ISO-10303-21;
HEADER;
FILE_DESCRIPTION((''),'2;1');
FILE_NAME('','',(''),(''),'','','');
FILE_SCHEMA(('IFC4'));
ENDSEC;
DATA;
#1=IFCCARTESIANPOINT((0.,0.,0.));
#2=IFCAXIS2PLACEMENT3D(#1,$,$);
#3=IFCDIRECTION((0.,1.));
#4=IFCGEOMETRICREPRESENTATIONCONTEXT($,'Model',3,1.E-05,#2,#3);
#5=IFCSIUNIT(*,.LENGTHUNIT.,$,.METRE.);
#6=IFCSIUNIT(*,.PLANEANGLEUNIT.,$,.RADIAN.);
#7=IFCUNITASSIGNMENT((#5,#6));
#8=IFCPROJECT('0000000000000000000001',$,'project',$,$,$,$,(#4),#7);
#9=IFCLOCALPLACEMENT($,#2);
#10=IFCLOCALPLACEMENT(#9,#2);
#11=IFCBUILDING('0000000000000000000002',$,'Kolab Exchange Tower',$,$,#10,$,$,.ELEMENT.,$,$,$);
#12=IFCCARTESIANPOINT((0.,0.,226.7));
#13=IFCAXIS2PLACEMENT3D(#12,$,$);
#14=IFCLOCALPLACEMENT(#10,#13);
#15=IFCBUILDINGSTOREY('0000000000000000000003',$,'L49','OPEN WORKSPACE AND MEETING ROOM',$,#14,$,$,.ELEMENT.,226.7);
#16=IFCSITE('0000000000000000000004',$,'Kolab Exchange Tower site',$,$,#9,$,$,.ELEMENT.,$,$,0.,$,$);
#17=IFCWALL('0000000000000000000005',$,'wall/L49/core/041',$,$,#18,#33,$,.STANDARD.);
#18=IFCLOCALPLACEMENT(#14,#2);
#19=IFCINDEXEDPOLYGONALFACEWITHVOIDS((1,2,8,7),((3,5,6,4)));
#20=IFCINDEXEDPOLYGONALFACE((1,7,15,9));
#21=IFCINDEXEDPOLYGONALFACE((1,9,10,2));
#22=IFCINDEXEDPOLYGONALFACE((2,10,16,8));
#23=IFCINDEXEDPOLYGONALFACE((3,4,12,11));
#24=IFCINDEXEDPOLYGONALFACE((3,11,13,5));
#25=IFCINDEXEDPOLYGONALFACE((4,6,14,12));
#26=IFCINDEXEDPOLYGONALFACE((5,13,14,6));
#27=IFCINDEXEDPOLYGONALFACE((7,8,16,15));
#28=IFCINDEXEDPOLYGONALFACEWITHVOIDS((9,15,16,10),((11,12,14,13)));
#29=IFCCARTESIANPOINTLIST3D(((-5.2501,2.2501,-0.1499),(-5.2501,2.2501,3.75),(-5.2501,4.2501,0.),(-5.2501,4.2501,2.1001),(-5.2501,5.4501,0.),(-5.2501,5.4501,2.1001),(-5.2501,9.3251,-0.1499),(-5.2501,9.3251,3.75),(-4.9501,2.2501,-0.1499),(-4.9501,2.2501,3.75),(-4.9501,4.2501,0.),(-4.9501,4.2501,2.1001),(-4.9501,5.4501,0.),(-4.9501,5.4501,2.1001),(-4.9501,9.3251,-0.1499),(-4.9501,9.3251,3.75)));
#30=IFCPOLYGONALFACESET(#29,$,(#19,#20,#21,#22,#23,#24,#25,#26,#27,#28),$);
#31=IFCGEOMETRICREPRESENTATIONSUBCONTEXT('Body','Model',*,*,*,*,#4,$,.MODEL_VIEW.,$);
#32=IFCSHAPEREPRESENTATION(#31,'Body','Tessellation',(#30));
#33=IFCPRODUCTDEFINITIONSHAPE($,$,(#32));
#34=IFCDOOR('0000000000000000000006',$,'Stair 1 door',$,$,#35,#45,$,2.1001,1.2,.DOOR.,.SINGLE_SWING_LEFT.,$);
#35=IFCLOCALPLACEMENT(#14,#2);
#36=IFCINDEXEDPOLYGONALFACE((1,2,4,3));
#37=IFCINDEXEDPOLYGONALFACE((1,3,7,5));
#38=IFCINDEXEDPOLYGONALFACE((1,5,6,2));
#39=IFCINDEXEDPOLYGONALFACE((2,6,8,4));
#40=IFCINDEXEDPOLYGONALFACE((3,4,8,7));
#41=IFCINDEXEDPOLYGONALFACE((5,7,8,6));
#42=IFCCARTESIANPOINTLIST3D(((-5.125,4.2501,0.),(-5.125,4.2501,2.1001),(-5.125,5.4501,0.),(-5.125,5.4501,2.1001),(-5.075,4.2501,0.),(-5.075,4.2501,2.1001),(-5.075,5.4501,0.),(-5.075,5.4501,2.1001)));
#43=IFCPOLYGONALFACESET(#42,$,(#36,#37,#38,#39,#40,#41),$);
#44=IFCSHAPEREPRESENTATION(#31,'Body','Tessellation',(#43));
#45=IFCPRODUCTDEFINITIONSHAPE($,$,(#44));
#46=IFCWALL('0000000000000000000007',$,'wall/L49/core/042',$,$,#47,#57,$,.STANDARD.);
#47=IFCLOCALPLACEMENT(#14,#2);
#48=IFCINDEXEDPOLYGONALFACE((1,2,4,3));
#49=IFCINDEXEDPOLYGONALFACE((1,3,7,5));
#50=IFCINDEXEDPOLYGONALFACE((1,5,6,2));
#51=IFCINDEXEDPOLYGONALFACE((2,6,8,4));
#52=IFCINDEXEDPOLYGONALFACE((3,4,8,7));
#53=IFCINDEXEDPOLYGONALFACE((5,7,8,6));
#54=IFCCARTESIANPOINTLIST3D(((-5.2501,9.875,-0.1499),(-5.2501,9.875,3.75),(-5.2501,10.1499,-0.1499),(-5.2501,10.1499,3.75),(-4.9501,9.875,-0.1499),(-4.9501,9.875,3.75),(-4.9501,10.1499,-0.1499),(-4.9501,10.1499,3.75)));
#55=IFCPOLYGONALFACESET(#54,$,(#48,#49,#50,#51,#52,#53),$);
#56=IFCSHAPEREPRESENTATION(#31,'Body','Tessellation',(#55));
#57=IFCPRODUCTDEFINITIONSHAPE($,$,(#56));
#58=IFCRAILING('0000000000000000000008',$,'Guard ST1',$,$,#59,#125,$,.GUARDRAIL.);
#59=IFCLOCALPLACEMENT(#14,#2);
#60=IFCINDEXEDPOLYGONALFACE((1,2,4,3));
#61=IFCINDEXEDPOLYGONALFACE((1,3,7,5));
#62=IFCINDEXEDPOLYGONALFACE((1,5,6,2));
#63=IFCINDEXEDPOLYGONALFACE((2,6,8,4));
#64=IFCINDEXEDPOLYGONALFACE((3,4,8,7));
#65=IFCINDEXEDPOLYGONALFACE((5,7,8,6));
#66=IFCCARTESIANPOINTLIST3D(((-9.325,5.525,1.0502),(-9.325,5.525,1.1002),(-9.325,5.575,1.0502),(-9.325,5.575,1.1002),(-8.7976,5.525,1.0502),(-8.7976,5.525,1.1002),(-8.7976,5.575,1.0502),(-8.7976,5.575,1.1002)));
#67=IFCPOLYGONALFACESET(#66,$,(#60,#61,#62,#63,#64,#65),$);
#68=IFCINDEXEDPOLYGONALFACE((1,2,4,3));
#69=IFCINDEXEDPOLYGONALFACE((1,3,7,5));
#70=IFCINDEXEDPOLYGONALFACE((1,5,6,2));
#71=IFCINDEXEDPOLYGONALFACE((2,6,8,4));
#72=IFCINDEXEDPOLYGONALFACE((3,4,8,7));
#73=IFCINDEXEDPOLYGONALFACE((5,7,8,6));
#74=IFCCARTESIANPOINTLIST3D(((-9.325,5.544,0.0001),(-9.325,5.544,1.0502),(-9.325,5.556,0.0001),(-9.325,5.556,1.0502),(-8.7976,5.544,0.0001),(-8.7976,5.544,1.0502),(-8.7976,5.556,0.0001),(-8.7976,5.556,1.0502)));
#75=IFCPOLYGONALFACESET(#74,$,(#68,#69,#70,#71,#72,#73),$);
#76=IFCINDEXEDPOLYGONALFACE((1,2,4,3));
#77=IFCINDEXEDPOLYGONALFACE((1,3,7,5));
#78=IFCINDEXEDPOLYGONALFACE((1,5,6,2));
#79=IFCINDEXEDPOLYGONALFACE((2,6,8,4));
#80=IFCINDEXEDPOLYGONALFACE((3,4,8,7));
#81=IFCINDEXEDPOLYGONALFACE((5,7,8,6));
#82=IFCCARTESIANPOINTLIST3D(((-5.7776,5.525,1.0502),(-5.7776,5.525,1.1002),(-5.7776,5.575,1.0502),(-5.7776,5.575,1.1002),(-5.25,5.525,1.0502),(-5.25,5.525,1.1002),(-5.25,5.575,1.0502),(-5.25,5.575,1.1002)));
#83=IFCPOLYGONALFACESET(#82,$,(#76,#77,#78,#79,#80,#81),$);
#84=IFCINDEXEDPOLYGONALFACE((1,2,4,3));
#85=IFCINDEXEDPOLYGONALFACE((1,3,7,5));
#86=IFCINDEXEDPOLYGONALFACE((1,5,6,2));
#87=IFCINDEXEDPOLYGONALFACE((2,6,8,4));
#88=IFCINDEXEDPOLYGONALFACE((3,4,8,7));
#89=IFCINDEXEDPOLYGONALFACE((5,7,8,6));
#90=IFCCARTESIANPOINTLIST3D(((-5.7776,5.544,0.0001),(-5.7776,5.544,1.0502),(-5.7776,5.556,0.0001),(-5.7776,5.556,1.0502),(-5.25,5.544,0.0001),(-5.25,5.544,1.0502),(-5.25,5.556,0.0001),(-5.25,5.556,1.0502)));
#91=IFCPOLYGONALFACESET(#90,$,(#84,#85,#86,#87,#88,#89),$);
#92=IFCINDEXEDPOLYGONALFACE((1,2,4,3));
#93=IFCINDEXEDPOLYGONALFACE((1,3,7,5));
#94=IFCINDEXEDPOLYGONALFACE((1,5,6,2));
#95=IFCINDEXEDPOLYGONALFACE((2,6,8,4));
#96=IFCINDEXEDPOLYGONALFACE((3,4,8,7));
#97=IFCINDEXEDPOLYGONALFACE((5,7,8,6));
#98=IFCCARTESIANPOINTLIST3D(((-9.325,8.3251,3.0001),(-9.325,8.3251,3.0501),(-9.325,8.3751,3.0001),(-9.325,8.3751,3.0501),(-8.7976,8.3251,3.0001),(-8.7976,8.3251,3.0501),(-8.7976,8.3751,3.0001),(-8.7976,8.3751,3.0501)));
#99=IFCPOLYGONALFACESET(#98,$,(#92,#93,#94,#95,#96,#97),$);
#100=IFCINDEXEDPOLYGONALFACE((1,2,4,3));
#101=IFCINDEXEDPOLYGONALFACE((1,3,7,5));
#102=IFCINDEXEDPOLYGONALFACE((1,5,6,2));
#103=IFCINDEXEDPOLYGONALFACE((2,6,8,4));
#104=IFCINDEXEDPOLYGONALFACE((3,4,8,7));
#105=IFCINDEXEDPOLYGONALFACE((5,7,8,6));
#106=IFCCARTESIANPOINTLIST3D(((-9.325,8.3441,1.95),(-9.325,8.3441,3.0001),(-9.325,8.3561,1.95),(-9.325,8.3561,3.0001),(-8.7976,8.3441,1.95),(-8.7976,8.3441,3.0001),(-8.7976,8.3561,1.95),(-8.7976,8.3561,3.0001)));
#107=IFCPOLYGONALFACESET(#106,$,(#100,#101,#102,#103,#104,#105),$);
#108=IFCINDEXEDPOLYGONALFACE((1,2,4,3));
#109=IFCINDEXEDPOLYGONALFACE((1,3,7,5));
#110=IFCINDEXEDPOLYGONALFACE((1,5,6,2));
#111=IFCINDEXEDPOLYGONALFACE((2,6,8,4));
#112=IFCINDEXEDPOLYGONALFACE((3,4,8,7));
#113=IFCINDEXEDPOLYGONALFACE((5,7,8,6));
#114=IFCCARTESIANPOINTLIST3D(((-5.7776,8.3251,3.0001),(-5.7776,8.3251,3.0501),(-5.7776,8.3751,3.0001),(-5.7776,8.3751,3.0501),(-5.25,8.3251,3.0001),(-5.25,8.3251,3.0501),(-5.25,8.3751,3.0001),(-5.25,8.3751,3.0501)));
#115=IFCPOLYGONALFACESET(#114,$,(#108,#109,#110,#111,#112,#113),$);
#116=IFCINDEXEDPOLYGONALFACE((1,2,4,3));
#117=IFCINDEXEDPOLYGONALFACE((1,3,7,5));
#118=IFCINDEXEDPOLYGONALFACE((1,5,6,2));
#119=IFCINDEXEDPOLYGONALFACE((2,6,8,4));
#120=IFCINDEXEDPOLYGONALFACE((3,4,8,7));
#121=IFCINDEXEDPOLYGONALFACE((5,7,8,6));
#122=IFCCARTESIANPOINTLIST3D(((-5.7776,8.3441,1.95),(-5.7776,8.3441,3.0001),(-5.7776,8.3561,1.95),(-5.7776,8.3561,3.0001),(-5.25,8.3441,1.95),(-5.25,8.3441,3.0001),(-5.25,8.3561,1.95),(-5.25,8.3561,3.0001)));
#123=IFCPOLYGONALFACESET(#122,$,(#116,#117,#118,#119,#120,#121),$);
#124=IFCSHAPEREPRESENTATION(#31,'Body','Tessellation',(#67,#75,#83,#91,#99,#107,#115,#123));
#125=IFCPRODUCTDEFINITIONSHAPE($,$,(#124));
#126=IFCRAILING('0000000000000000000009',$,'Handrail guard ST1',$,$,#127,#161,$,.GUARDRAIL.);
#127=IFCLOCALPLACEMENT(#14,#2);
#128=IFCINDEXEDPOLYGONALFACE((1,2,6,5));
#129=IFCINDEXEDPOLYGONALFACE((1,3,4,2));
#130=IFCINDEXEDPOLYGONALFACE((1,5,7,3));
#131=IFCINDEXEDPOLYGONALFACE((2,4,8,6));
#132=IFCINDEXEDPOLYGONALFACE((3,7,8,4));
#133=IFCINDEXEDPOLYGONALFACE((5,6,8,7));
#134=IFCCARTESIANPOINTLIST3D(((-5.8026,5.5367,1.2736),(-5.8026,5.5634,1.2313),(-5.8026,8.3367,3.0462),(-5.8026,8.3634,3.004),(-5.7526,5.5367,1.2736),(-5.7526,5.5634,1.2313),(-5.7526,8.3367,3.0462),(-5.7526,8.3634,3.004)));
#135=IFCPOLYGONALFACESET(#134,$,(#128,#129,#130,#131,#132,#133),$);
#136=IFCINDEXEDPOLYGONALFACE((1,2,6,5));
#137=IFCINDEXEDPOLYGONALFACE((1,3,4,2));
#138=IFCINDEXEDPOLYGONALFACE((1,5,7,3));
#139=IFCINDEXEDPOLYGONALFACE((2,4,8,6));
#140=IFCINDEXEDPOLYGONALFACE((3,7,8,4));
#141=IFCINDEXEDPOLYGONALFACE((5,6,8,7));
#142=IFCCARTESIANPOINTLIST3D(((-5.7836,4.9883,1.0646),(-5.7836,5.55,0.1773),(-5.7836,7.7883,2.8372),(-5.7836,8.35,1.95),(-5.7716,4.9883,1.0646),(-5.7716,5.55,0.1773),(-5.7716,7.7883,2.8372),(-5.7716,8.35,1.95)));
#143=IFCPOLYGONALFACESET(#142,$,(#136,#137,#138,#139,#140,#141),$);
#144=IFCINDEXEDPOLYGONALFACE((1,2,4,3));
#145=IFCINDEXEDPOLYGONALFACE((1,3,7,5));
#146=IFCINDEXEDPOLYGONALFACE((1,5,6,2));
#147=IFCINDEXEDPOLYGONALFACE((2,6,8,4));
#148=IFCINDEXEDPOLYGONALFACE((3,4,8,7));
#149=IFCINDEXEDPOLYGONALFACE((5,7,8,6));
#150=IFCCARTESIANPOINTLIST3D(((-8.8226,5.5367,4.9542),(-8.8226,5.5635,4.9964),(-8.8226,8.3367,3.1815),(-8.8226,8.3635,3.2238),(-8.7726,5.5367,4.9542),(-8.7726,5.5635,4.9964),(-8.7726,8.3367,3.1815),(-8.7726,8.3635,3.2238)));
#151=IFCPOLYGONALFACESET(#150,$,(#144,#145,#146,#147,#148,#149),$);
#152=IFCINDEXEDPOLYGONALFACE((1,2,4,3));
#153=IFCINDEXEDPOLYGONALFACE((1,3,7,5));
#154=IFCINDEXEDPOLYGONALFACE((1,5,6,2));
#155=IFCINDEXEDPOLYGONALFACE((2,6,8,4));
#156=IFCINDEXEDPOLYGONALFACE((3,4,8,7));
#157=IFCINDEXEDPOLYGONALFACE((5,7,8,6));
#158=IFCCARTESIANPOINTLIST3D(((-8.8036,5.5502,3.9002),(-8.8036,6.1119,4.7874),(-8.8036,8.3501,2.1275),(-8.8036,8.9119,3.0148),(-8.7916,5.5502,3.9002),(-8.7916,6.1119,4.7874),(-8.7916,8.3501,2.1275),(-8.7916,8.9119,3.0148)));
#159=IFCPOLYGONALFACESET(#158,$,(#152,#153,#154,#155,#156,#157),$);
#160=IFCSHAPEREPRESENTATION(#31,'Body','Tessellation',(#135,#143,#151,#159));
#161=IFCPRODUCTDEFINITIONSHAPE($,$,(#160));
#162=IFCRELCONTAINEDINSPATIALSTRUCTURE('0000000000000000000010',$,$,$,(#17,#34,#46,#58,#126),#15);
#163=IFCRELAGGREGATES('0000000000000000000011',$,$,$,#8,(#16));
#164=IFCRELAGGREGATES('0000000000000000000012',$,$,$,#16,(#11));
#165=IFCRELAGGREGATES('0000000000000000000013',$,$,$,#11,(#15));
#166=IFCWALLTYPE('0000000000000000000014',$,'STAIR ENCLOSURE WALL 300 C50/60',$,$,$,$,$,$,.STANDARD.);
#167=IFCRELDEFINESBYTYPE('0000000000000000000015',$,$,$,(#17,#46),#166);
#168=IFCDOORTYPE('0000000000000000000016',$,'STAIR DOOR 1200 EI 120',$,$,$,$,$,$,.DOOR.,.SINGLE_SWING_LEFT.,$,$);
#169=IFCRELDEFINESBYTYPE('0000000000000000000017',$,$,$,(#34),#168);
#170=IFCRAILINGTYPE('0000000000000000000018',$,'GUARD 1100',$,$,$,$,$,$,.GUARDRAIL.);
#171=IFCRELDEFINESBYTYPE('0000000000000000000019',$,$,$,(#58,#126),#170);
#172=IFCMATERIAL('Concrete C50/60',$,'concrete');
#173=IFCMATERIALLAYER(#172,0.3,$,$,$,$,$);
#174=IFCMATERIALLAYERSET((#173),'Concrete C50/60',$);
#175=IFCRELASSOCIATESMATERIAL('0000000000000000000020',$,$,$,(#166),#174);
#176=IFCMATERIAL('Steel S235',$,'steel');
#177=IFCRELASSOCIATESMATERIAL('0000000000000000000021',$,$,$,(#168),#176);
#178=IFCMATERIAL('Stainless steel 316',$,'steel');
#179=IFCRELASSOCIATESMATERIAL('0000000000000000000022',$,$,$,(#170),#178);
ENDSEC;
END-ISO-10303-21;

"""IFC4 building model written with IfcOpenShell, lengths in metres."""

from ifc_helpers import new_model, si_unit, direction, frame, frame_2d, origin, origin_2d, place, context, subcontext, project, spatial, rectangle, extrude, material, layer, layer_set, type_object, element, fill, save


model = new_model("IFC4")

# Units and contexts
model_context = context("Model", 3, precision=1e-05, world=origin(), true_north=direction((0.0, 1.0)))
body_context = subcontext(model_context, "Body", "Model", "MODEL_VIEW")
ifc_project = project(units=[si_unit("LENGTHUNIT", "METRE"), si_unit("PLANEANGLEUNIT", "RADIAN")], contexts=[model_context])

# Site, building, storey
site_placement = place(None, origin())
site = spatial("IfcSite", under=ifc_project, at=site_placement, Name="Kolab Exchange Tower site", CompositionType="ELEMENT", RefElevation=0.0)
building_placement = place(site_placement, origin())
building = spatial("IfcBuilding", under=site, at=building_placement, Name="Kolab Exchange Tower", CompositionType="ELEMENT")
storey_placement = place(building_placement, frame((0.0, 0.0, 226.7)))
storey = spatial("IfcBuildingStorey", under=building, at=storey_placement, Name="L49", Description="OPEN WORKSPACE AND MEETING ROOM", CompositionType="ELEMENT", Elevation=226.7)

# Shared definitions
ifc_material_1 = material(Name="Concrete C50/60", Category="concrete")
ifc_material_2 = material(Name="Steel S235", Category="steel")

# Shared definitions
ifc_material_3 = material(Name="Stainless steel 316", Category="steel")

# Shared definitions
ifc_layer_1 = layer(ifc_material_1, 0.3)
ifc_layer_set_1 = layer_set([ifc_layer_1], Name="Concrete C50/60")
wall_type_1 = type_object("IfcWallType", Name="STAIR ENCLOSURE WALL 300 C50/60", PredefinedType="STANDARD", material=ifc_layer_set_1)

# Shared definitions
door_type_1 = type_object("IfcDoorType", Name="STAIR DOOR 1200 EI 120", OperationType="SINGLE_SWING_LEFT", PredefinedType="DOOR", material=ifc_material_2)

# Wall, opening, door
wall_1_placement = place(storey_placement, frame((-5.1001, 2.25, -0.1499), z_axis=(0.0, 0.0, 1.0), x_axis=(0.0, 1.0, 0.0)))
wall_1 = element("IfcWall", 1, at=wall_1_placement, inside=storey, type_object=wall_type_1, Name="wall/L49/core/041", PredefinedType="STANDARD", context=body_context, shape_type="SweptSolid", body=[
    extrude(rectangle(XDim=7.075, YDim=0.3, at=frame_2d((3.5376, 0.0))), origin(), (0.0, 0.0, 1.0), 3.8999),
])
opening_1_placement = place(wall_1_placement, frame((2.0, 0.0, 0.1499)))
opening_1 = element("IfcOpeningElement", 2, at=opening_1_placement, cuts=wall_1, PredefinedType="OPENING", context=body_context, shape_type="SweptSolid", body=[
    extrude(rectangle(XDim=1.2, YDim=2.1001, at=frame_2d((0.6001, 1.05))), frame((0.0, 0.1602, 0.0), z_axis=(0.0, -1.0, 0.0), x_axis=(1.0, 0.0, 0.0)), (0.0, 0.0, 1.0), 0.3201),
])
door_1_placement = place(opening_1_placement, origin())
door_1 = element("IfcDoor", 3, at=door_1_placement, inside=storey, type_object=door_type_1, Name="Stair 1 door", OperationType="SINGLE_SWING_LEFT", OverallHeight=2.1001, OverallWidth=1.2, PredefinedType="DOOR", context=body_context, shape_type="SweptSolid", body=[
    extrude(rectangle(XDim=1.2, YDim=2.1001, at=frame_2d((0.6001, 1.05))), frame((0.0, 0.0249, 0.0), z_axis=(0.0, -1.0, 0.0), x_axis=(1.0, 0.0, 0.0)), (0.0, 0.0, 1.0), 0.05),
])
fill(opening_1, door_1)

# Wall
wall_2_placement = place(storey_placement, frame((-5.1001, 9.875, -0.1499), z_axis=(0.0, 0.0, 1.0), x_axis=(0.0, 1.0, 0.0)))
element("IfcWall", 4, at=wall_2_placement, inside=storey, type_object=wall_type_1, Name="wall/L49/core/042", PredefinedType="STANDARD", context=body_context, shape_type="SweptSolid", body=[
    extrude(rectangle(XDim=0.2749, YDim=0.3, at=frame_2d((0.1375, 0.0))), origin(), (0.0, 0.0, 1.0), 3.8999),
])

# Railings
railing_type = type_object("IfcRailingType", Name="GUARD 1100", PredefinedType="GUARDRAIL", material=ifc_material_3)
railing_1_placement = place(storey_placement, frame((-9.325, 5.55, 0.0)))
element("IfcRailing", 5, at=railing_1_placement, inside=storey, type_object=railing_type, Name="Guard ST1", PredefinedType="GUARDRAIL", context=body_context, shape_type="SweptSolid", body=[
    extrude(rectangle(XDim=0.05, YDim=0.05, at=origin_2d()), frame((0.0, 0.0, 1.0752), z_axis=(1.0, 0.0, 0.0), x_axis=(0.0, 1.0, 0.0)), (0.0, 0.0, 1.0), 0.5273),
    extrude(rectangle(XDim=0.012, YDim=1.0501, at=frame_2d((0.0, 0.5251))), frame((0.0, 0.0, 0.0), z_axis=(1.0, 0.0, 0.0), x_axis=(0.0, 1.0, 0.0)), (0.0, 0.0, 1.0), 0.5273),
    extrude(rectangle(XDim=0.05, YDim=0.05, at=origin_2d()), frame((3.5474, 0.0, 1.0752), z_axis=(1.0, 0.0, 0.0), x_axis=(0.0, 1.0, 0.0)), (0.0, 0.0, 1.0), 0.5276),
    extrude(rectangle(XDim=0.012, YDim=1.0501, at=frame_2d((0.0, 0.5251))), frame((3.5474, 0.0, 0.0), z_axis=(1.0, 0.0, 0.0), x_axis=(0.0, 1.0, 0.0)), (0.0, 0.0, 1.0), 0.5276),
    extrude(rectangle(XDim=0.05, YDim=0.05, at=origin_2d()), frame((0.0, 2.8, 3.0251), z_axis=(1.0, 0.0, 0.0), x_axis=(0.0, 1.0, 0.0)), (0.0, 0.0, 1.0), 0.5273),
    extrude(rectangle(XDim=0.012, YDim=1.0501, at=frame_2d((0.0, 0.5251))), frame((0.0, 2.8, 1.95), z_axis=(1.0, 0.0, 0.0), x_axis=(0.0, 1.0, 0.0)), (0.0, 0.0, 1.0), 0.5273),
    extrude(rectangle(XDim=0.05, YDim=0.05, at=origin_2d()), frame((3.5474, 2.8, 3.0251), z_axis=(1.0, 0.0, 0.0), x_axis=(0.0, 1.0, 0.0)), (0.0, 0.0, 1.0), 0.5276),
    extrude(rectangle(XDim=0.012, YDim=1.0501, at=frame_2d((0.0, 0.5251))), frame((3.5474, 2.8, 1.95), z_axis=(1.0, 0.0, 0.0), x_axis=(0.0, 1.0, 0.0)), (0.0, 0.0, 1.0), 0.5276),
])
railing_2_placement = place(storey_placement, frame((-5.7776, 5.55, 0.1772)))
element("IfcRailing", 6, at=railing_2_placement, inside=storey, type_object=railing_type, Name="Handrail guard ST1", PredefinedType="GUARDRAIL", context=body_context, shape_type="SweptSolid", body=[
    extrude(rectangle(XDim=0.05, YDim=0.05, at=origin_2d()), frame((0.0, 0.0, 1.0752), z_axis=(0.0, 0.844909, 0.53491), x_axis=(-1.0, 0.0, 0.0)), (0.0, 0.0, 1.0), 3.314),
    extrude(rectangle(XDim=0.012, YDim=1.0501, at=frame_2d((0.0, 0.5251))), frame((0.0, 0.0, 0.0), z_axis=(0.0, 0.844909, 0.53491), x_axis=(-1.0, 0.0, 0.0)), (0.0, 0.0, 1.0), 3.314),
    extrude(rectangle(XDim=0.05, YDim=0.05, at=origin_2d()), frame((-3.02, 2.8, 3.0254), z_axis=(0.0, -0.844909, 0.53491), x_axis=(1.0, 0.0, 0.0)), (0.0, 0.0, 1.0), 3.314),
    extrude(rectangle(XDim=0.012, YDim=1.0501, at=frame_2d((0.0, 0.5251))), frame((-3.02, 2.8, 1.9502), z_axis=(0.0, -0.844909, 0.53491), x_axis=(1.0, 0.0, 0.0)), (0.0, 0.0, 1.0), 3.314),
])

save(model, "model.ifc")
